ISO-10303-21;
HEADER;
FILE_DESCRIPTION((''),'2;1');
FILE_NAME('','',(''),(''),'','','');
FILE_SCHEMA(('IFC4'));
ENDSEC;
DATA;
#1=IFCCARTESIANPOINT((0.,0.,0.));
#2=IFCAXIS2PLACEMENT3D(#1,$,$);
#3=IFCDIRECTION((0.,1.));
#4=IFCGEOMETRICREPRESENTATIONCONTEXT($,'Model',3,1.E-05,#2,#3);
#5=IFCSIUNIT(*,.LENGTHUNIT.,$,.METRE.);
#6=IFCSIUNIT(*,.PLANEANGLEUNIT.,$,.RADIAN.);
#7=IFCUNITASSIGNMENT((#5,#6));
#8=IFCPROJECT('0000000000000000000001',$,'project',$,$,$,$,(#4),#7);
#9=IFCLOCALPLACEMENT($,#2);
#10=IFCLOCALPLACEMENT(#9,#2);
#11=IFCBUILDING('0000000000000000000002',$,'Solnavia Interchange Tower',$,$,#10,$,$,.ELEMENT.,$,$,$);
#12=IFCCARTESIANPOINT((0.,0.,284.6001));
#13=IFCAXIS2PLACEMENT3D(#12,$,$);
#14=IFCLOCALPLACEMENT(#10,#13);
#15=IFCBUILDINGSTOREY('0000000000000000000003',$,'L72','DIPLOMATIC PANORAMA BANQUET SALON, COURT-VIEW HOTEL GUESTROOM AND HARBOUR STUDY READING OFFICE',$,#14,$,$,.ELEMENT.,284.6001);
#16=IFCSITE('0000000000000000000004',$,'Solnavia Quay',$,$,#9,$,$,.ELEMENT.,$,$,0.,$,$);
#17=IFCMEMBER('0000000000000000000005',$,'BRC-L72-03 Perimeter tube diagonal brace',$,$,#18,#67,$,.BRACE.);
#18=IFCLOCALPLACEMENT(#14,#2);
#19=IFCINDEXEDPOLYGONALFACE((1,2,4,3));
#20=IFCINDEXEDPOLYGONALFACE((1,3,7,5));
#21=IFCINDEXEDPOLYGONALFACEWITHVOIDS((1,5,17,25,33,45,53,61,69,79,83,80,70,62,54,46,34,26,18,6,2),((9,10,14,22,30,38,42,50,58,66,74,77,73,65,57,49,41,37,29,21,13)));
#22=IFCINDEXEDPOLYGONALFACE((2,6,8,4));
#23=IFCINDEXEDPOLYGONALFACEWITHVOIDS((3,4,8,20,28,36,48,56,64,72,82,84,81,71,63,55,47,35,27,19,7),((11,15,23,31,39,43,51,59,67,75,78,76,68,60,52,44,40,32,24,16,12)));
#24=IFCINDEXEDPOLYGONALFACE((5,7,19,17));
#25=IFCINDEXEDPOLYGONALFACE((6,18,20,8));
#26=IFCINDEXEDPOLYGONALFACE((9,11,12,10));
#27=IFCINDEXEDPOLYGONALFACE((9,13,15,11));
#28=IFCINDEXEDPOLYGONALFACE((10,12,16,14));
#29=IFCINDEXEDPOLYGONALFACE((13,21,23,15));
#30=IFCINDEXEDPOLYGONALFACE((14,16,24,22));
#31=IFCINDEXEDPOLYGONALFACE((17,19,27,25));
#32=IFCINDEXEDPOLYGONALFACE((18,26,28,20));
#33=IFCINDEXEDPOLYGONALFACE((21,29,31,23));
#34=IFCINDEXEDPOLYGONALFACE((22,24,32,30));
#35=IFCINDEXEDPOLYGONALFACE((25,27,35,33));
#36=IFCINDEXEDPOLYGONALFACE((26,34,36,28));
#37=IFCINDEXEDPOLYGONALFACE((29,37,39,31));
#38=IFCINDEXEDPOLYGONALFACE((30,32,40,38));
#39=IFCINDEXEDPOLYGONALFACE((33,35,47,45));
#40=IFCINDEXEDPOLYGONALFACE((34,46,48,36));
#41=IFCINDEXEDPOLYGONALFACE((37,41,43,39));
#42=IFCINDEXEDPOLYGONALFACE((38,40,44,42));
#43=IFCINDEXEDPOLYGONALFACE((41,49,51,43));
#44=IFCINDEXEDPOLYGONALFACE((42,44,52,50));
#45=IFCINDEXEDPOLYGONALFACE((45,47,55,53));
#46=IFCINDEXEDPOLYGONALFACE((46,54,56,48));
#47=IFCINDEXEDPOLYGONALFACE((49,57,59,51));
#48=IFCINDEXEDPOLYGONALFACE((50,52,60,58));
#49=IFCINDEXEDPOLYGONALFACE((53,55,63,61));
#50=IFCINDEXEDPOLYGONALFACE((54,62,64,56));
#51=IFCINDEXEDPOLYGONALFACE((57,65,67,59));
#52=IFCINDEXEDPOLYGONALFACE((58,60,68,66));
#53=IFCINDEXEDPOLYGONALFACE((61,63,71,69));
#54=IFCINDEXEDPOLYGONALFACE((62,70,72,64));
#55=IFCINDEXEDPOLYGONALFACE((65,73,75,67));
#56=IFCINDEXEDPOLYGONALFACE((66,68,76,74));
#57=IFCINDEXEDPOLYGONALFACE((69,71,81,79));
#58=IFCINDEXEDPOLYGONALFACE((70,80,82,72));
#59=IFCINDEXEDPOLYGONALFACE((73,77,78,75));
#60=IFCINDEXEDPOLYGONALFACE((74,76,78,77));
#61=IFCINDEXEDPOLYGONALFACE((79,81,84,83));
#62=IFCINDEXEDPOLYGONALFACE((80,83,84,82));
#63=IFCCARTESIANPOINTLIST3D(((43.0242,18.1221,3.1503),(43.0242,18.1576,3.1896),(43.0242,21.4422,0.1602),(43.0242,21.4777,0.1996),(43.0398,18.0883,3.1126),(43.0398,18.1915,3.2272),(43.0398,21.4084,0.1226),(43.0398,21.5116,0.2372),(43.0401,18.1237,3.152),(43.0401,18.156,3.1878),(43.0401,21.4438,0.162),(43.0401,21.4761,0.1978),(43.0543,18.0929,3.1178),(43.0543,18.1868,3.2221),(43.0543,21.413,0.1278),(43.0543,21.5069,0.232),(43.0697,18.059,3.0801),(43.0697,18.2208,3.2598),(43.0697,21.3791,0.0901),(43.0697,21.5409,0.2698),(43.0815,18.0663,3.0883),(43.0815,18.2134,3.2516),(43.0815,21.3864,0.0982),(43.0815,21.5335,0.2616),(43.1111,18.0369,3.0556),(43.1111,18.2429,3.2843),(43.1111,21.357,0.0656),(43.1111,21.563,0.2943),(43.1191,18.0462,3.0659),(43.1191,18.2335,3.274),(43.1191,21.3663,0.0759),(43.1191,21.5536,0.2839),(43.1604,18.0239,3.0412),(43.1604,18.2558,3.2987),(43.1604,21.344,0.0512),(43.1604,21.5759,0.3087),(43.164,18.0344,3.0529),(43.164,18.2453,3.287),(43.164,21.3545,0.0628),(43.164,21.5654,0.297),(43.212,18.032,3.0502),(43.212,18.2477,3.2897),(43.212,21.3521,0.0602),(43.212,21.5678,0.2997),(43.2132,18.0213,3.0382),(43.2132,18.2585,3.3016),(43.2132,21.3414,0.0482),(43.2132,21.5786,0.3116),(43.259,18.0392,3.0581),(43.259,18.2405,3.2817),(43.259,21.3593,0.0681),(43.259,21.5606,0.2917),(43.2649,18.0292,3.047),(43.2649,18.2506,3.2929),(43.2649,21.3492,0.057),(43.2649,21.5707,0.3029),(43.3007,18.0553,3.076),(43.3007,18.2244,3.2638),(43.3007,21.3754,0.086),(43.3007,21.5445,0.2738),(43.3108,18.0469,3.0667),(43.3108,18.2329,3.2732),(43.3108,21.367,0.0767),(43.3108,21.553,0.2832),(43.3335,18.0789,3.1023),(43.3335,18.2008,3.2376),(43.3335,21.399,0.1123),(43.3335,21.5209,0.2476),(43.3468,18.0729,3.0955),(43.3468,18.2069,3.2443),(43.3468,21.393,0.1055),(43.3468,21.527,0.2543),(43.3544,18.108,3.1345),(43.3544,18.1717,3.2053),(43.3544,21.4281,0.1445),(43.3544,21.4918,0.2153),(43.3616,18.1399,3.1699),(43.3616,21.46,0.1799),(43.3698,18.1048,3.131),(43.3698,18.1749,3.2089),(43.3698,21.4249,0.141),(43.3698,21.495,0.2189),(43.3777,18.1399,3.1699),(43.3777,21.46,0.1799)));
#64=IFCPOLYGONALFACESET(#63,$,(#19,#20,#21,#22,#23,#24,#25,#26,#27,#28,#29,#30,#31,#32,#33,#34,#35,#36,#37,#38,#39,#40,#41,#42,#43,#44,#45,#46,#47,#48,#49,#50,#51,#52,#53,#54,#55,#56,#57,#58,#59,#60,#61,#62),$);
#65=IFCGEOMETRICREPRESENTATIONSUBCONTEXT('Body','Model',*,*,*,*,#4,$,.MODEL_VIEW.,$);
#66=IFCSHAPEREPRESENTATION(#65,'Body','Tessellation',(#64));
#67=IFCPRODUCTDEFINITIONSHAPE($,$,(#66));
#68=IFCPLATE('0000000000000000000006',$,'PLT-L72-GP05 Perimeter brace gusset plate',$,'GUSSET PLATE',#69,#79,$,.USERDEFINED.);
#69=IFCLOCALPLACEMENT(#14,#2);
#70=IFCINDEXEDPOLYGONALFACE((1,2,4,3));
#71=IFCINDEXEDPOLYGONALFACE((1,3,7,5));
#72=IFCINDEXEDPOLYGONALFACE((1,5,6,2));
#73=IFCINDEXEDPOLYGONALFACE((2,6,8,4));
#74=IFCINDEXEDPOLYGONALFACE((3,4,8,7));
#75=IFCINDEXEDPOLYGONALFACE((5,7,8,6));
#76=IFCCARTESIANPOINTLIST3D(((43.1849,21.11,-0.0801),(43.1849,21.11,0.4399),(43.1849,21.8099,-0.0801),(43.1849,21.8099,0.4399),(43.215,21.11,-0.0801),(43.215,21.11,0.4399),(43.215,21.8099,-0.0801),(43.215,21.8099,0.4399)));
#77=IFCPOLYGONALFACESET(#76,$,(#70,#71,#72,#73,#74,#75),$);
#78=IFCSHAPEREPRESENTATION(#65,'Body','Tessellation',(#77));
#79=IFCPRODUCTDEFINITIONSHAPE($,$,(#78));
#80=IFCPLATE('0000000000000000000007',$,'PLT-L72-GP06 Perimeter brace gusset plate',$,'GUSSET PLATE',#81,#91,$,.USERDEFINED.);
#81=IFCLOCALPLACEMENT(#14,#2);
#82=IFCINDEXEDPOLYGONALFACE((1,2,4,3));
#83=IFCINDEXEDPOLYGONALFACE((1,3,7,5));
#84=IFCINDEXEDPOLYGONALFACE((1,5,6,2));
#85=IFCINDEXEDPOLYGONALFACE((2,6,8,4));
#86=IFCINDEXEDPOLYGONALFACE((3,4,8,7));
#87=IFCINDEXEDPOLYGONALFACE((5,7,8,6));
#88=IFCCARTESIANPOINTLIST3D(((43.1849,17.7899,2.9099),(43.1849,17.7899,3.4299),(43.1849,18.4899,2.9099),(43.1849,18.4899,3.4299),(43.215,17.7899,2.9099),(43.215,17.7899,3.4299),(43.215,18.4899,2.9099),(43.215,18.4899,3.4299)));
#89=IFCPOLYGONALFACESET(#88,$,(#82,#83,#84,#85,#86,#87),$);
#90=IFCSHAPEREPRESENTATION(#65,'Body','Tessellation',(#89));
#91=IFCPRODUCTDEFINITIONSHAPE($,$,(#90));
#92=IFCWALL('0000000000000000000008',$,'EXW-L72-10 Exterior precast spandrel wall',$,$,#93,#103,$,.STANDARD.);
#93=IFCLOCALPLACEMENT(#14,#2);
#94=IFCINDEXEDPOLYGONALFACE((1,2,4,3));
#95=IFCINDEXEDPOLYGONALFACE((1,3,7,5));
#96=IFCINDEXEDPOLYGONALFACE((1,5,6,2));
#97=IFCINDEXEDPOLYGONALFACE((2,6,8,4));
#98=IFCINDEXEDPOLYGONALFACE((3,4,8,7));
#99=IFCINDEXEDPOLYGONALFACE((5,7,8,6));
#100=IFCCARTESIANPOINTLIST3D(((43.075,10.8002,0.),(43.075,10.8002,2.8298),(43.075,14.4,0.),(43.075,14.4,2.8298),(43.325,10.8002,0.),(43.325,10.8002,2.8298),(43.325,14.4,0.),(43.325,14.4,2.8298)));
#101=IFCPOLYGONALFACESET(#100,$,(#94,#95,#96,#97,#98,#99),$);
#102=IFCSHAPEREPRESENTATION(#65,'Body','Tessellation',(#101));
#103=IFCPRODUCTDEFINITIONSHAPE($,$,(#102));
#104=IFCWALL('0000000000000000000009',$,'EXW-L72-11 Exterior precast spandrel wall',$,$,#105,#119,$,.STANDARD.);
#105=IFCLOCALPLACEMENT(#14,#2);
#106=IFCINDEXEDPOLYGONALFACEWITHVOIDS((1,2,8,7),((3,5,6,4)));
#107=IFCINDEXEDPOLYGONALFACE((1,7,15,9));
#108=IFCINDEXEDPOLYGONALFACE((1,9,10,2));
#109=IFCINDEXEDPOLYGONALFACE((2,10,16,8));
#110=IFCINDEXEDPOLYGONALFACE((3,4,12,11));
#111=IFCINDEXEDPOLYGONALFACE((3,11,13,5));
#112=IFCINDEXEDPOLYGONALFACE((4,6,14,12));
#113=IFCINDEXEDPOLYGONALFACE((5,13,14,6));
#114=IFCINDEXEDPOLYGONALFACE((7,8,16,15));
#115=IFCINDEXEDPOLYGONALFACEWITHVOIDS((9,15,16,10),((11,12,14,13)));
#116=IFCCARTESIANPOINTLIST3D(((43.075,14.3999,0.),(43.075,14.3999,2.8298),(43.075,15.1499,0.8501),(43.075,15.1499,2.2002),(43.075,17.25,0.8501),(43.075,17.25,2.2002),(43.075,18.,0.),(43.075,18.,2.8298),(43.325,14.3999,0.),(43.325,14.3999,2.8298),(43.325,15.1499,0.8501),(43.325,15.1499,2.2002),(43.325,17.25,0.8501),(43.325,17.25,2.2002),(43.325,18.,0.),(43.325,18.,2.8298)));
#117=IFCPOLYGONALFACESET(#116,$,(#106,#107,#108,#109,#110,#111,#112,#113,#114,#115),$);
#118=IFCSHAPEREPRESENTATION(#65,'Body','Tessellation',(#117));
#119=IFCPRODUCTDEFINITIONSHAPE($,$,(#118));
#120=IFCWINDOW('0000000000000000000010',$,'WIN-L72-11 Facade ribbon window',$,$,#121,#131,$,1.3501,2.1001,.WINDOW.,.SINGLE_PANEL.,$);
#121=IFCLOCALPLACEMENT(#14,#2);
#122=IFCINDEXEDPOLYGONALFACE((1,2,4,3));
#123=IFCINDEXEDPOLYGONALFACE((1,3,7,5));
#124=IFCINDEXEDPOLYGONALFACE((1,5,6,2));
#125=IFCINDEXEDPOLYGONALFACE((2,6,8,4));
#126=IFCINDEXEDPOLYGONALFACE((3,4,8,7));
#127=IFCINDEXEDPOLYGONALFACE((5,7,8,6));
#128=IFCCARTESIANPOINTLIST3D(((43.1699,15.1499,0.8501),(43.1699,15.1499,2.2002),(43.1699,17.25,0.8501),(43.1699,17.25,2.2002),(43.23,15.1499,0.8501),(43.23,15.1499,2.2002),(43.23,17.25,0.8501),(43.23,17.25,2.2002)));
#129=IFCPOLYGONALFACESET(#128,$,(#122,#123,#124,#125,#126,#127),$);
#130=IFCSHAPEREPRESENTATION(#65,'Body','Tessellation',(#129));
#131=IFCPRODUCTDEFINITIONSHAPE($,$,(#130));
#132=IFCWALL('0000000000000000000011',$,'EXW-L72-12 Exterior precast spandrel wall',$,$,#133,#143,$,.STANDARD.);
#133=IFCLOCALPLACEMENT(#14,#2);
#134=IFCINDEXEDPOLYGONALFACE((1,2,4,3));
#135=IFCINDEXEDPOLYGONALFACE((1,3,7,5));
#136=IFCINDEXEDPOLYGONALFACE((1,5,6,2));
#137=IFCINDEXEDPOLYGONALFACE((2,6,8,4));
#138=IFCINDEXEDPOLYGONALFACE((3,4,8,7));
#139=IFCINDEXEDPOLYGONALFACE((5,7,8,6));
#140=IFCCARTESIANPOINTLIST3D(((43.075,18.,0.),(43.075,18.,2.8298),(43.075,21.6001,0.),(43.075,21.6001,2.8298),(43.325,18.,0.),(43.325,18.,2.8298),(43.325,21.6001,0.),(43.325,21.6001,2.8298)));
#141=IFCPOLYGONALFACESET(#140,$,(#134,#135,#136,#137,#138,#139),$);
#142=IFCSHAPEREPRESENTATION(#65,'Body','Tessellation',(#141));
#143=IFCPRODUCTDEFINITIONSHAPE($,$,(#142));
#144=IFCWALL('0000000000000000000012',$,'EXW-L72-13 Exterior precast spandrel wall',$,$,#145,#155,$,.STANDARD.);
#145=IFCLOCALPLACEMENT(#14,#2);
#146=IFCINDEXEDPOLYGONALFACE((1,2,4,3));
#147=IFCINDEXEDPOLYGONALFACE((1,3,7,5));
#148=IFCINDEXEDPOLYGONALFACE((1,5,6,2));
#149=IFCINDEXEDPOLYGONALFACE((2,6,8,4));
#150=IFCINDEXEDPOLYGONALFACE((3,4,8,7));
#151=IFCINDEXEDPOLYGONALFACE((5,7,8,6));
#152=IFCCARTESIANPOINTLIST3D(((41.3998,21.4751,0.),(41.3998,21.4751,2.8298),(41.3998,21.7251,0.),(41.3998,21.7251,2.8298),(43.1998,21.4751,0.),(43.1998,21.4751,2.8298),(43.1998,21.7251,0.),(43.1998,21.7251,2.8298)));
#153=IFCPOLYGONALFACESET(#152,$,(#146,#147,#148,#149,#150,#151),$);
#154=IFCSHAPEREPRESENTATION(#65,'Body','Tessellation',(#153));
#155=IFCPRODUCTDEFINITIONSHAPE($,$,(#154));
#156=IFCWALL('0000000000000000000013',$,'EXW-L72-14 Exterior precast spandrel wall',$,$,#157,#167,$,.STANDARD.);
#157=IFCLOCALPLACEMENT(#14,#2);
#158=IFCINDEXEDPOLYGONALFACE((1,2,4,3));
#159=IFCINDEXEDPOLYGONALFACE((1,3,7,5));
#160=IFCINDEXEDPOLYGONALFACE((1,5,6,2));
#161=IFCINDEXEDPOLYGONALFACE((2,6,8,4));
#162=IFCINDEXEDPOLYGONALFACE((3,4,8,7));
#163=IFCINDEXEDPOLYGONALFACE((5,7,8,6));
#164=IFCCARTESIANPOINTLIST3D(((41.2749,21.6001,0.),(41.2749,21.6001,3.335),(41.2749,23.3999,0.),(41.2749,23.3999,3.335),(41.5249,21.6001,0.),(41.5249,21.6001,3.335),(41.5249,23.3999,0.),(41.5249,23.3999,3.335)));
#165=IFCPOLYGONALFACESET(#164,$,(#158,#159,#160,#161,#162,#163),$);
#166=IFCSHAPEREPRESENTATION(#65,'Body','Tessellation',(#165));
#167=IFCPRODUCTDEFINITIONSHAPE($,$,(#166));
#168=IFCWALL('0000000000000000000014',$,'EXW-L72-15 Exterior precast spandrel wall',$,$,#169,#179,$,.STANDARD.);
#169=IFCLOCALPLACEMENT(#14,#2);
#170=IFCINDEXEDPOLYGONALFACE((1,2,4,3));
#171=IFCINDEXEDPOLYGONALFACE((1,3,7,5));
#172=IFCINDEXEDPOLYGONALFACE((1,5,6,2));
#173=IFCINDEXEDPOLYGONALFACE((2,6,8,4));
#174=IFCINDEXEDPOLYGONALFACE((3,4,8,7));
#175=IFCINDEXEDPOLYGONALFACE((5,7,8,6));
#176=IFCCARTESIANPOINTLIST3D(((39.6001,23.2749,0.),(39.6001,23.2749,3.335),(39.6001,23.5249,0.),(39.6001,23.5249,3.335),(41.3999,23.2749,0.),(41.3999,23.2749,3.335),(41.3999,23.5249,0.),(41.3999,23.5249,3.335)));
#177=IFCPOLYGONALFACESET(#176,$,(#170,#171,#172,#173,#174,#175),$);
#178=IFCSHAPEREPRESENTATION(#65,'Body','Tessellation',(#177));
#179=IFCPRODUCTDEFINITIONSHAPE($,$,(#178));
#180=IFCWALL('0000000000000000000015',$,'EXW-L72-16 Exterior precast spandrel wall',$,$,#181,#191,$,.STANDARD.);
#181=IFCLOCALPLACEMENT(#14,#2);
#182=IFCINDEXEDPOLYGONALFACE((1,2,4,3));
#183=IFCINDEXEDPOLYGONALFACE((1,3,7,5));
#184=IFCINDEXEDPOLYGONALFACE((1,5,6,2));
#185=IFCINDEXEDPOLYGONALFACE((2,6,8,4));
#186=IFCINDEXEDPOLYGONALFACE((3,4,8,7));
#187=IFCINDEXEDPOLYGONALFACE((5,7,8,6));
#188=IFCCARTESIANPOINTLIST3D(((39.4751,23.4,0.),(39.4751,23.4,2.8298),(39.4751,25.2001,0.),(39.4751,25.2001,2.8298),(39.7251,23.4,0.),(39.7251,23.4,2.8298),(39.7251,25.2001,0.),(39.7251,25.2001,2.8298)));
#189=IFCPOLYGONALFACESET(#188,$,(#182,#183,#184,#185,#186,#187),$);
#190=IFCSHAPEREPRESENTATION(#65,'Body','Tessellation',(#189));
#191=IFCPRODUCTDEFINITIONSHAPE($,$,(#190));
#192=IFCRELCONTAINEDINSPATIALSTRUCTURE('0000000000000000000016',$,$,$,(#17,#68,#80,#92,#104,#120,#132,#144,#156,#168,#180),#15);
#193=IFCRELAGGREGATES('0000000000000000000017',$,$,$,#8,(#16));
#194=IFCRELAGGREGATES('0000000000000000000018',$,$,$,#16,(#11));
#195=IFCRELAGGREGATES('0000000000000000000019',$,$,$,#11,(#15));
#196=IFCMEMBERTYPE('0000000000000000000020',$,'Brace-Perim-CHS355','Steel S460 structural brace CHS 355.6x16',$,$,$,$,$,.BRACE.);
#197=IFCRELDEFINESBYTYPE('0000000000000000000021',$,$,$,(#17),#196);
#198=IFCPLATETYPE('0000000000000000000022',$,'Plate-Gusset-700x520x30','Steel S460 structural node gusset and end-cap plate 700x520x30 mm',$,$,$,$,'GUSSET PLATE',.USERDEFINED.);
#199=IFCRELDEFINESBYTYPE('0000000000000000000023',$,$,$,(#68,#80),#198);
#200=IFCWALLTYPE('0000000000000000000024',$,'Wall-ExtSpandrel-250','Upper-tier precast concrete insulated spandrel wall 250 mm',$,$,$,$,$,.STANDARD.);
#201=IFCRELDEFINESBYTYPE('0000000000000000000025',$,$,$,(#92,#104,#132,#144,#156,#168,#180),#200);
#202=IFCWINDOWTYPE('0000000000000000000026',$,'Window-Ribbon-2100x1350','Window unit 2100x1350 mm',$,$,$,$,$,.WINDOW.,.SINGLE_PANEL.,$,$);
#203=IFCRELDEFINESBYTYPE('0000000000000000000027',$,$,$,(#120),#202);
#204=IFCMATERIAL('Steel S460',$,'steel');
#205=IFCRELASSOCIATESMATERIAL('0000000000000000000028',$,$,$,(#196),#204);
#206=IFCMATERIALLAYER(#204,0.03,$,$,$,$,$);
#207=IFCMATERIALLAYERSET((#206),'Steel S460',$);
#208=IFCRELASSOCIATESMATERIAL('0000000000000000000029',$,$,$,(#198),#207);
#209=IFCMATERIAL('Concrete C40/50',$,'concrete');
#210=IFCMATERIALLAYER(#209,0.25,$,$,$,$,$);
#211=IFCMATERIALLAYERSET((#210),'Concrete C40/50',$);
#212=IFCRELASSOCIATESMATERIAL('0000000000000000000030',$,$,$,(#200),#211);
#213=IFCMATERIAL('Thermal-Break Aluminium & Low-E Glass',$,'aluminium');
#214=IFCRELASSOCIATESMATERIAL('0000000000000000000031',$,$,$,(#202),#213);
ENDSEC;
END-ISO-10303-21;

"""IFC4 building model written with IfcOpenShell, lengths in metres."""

from ifc_helpers import new_model, si_unit, direction, frame, frame_2d, origin, origin_2d, place, context, subcontext, project, spatial, rectangle, hollow_circle, extrude, material, layer, layer_set, material_profile, profile_set, type_object, element, fill, save


model = new_model("IFC4")

# Units and contexts
model_context = context("Model", 3, precision=1e-05, world=origin(), true_north=direction((0.0, 1.0)))
body_context = subcontext(model_context, "Body", "Model", "MODEL_VIEW")
ifc_project = project(units=[si_unit("LENGTHUNIT", "METRE"), si_unit("PLANEANGLEUNIT", "RADIAN")], contexts=[model_context])

# Site, building, storey
site_placement = place(None, origin())
site = spatial("IfcSite", under=ifc_project, at=site_placement, Name="Solnavia Quay", CompositionType="ELEMENT", RefElevation=0.0)
building_placement = place(site_placement, origin())
building = spatial("IfcBuilding", under=site, at=building_placement, Name="Solnavia Interchange Tower", CompositionType="ELEMENT")
storey_placement = place(building_placement, frame((0.0, 0.0, 284.6001)))
storey = spatial("IfcBuildingStorey", under=building, at=storey_placement, Name="L72", Description="DIPLOMATIC PANORAMA BANQUET SALON, COURT-VIEW HOTEL GUESTROOM AND HARBOUR STUDY READING OFFICE", CompositionType="ELEMENT", Elevation=284.6001)

# Shared definitions
ifc_material_1 = material(Name="Steel S460", Category="steel")

# Member
ifc_material_profile_1 = material_profile(ifc_material_1, hollow_circle(Radius=0.1777, WallThickness=0.0161, at=origin_2d()), Name="CHS 355.6x16")
ifc_profile_set_1 = profile_set([ifc_material_profile_1], Name="Steel S460")
member_type = type_object("IfcMemberType", Name="Brace-Perim-CHS355", Description="Steel S460 structural brace CHS 355.6x16", PredefinedType="BRACE", material=ifc_profile_set_1)
member_placement = place(storey_placement, frame((43.2, 21.46, 0.1799), z_axis=(0.0, -0.743079, 0.669203), x_axis=(1.0, 0.0, 0.0)))
element("IfcMember", 1, at=member_placement, inside=storey, type_object=member_type, Name="BRC-L72-03 Perimeter tube diagonal brace", PredefinedType="BRACE", context=body_context, shape_type="SweptSolid", body=[
    extrude(hollow_circle(Radius=0.1777, WallThickness=0.0161, at=origin_2d()), origin(), (0.0, 0.0, 1.0), 4.468),
])

# Plates
ifc_layer_1 = layer(ifc_material_1, 0.03)
ifc_layer_set_1 = layer_set([ifc_layer_1], Name="Steel S460")
plate_type = type_object("IfcPlateType", Name="Plate-Gusset-700x520x30", Description="Steel S460 structural node gusset and end-cap plate 700x520x30 mm", ElementType="GUSSET PLATE", PredefinedType="USERDEFINED", material=ifc_layer_set_1)
for number, where, z_axis, x_axis, name in (
    (2, (43.2, 21.46, -0.0801), (0.0, 0.0, 1.0), (0.0, -1.0, 0.0), "PLT-L72-GP05 Perimeter brace gusset plate"),
    (3, (43.2, 18.1399, 2.9099), (0.0, 0.0, 1.0), (0.0, -1.0, 0.0), "PLT-L72-GP06 Perimeter brace gusset plate"),
):
    element("IfcPlate", number, at=place(storey_placement, frame(where, z_axis=z_axis, x_axis=x_axis)), inside=storey, type_object=plate_type, Name=name, ObjectType="GUSSET PLATE", PredefinedType="USERDEFINED", context=body_context, shape_type="SweptSolid", body=[
        extrude(rectangle(XDim=0.7, YDim=0.03, at=origin_2d()), origin(), (0.0, 0.0, 1.0), 0.52),
    ])

# Wall
ifc_material_2 = material(Name="Concrete C40/50", Category="concrete")
ifc_layer_2 = layer(ifc_material_2, 0.25)
ifc_layer_set_2 = layer_set([ifc_layer_2], Name="Concrete C40/50")
wall_type_1 = type_object("IfcWallType", Name="Wall-ExtSpandrel-250", Description="Upper-tier precast concrete insulated spandrel wall 250 mm", PredefinedType="STANDARD", material=ifc_layer_set_2)
wall_1_placement = place(storey_placement, frame((43.2, 14.3999, 0.0), z_axis=(0.0, 0.0, 1.0), x_axis=(0.0, -1.0, 0.0)))
element("IfcWall", 4, at=wall_1_placement, inside=storey, type_object=wall_type_1, Name="EXW-L72-10 Exterior precast spandrel wall", PredefinedType="STANDARD", context=body_context, shape_type="SweptSolid", body=[
    extrude(rectangle(XDim=3.5999, YDim=0.25, at=frame_2d((1.7998, 0.0))), origin(), (0.0, 0.0, 1.0), 2.8298),
])

# Wall, opening, window
wall_2_placement = place(storey_placement, frame((43.2, 18.0, 0.0), z_axis=(0.0, 0.0, 1.0), x_axis=(0.0, -1.0, 0.0)))
wall_2 = element("IfcWall", 5, at=wall_2_placement, inside=storey, type_object=wall_type_1, Name="EXW-L72-11 Exterior precast spandrel wall", PredefinedType="STANDARD", context=body_context, shape_type="SweptSolid", body=[
    extrude(rectangle(XDim=3.6001, YDim=0.25, at=frame_2d((1.8, 0.0))), origin(), (0.0, 0.0, 1.0), 2.8298),
])
opening_1_placement = place(wall_2_placement, frame((0.75, 0.0, 0.8501)))
opening_1 = element("IfcOpeningElement", 6, at=opening_1_placement, cuts=wall_2, PredefinedType="OPENING", context=body_context, shape_type="SweptSolid", body=[
    extrude(rectangle(XDim=2.1001, YDim=1.3501, at=frame_2d((1.05, 0.675))), frame((0.0, 0.135, 0.0), z_axis=(0.0, -1.0, 0.0), x_axis=(1.0, 0.0, 0.0)), (0.0, 0.0, 1.0), 0.27),
])
ifc_material_3 = material(Name="Thermal-Break Aluminium & Low-E Glass", Category="aluminium")
window_type = type_object("IfcWindowType", Name="Window-Ribbon-2100x1350", Description="Window unit 2100x1350 mm", PartitioningType="SINGLE_PANEL", PredefinedType="WINDOW", material=ifc_material_3)
window_1_placement = place(opening_1_placement, origin())
window_1 = element("IfcWindow", 7, at=window_1_placement, inside=storey, type_object=window_type, Name="WIN-L72-11 Facade ribbon window", OverallHeight=1.3501, OverallWidth=2.1001, PartitioningType="SINGLE_PANEL", PredefinedType="WINDOW", context=body_context, shape_type="SweptSolid", body=[
    extrude(rectangle(XDim=2.1001, YDim=1.3501, at=frame_2d((1.05, 0.675))), frame((0.0, 0.03, 0.0), z_axis=(0.0, -1.0, 0.0), x_axis=(1.0, 0.0, 0.0)), (0.0, 0.0, 1.0), 0.0601),
])
fill(opening_1, window_1)

# Walls
wall_3_placement = place(storey_placement, frame((43.2, 21.6001, 0.0), z_axis=(0.0, 0.0, 1.0), x_axis=(0.0, -1.0, 0.0)))
element("IfcWall", 8, at=wall_3_placement, inside=storey, type_object=wall_type_1, Name="EXW-L72-12 Exterior precast spandrel wall", PredefinedType="STANDARD", context=body_context, shape_type="SweptSolid", body=[
    extrude(rectangle(XDim=3.6001, YDim=0.25, at=frame_2d((1.8, 0.0))), origin(), (0.0, 0.0, 1.0), 2.8298),
])
wall_4_placement = place(storey_placement, frame((41.3999, 21.6001, 0.0), z_axis=(0.0, 0.0, 1.0), x_axis=(1.0, 0.0, 0.0)))
element("IfcWall", 9, at=wall_4_placement, inside=storey, type_object=wall_type_1, Name="EXW-L72-13 Exterior precast spandrel wall", PredefinedType="STANDARD", context=body_context, shape_type="SweptSolid", body=[
    extrude(rectangle(XDim=1.8, YDim=0.25, at=frame_2d((0.8999, 0.0))), origin(), (0.0, 0.0, 1.0), 2.8298),
])
for number, where, z_axis, x_axis, name in (
    (10, (41.3999, 23.3999, 0.0), (0.0, 0.0, 1.0), (0.0, -1.0, 0.0), "EXW-L72-14 Exterior precast spandrel wall"),
    (11, (39.6001, 23.3999, 0.0), (0.0, 0.0, 1.0), (1.0, 0.0, 0.0), "EXW-L72-15 Exterior precast spandrel wall"),
):
    element("IfcWall", number, at=place(storey_placement, frame(where, z_axis=z_axis, x_axis=x_axis)), inside=storey, type_object=wall_type_1, Name=name, PredefinedType="STANDARD", context=body_context, shape_type="SweptSolid", body=[
        extrude(rectangle(XDim=1.7998, YDim=0.25, at=frame_2d((0.8999, 0.0))), origin(), (0.0, 0.0, 1.0), 3.335),
    ])
for number, where, z_axis, x_axis, name in (
    (12, (39.6001, 25.2, 0.0), (0.0, 0.0, 1.0), (0.0, -1.0, 0.0), "EXW-L72-16 Exterior precast spandrel wall"),
):
    element("IfcWall", number, at=place(storey_placement, frame(where, z_axis=z_axis, x_axis=x_axis)), inside=storey, type_object=wall_type_1, Name=name, PredefinedType="STANDARD", context=body_context, shape_type="SweptSolid", body=[
        extrude(rectangle(XDim=1.8, YDim=0.25, at=frame_2d((0.8999, 0.0))), origin(), (0.0, 0.0, 1.0), 2.8298),
    ])

save(model, "model.ifc")
